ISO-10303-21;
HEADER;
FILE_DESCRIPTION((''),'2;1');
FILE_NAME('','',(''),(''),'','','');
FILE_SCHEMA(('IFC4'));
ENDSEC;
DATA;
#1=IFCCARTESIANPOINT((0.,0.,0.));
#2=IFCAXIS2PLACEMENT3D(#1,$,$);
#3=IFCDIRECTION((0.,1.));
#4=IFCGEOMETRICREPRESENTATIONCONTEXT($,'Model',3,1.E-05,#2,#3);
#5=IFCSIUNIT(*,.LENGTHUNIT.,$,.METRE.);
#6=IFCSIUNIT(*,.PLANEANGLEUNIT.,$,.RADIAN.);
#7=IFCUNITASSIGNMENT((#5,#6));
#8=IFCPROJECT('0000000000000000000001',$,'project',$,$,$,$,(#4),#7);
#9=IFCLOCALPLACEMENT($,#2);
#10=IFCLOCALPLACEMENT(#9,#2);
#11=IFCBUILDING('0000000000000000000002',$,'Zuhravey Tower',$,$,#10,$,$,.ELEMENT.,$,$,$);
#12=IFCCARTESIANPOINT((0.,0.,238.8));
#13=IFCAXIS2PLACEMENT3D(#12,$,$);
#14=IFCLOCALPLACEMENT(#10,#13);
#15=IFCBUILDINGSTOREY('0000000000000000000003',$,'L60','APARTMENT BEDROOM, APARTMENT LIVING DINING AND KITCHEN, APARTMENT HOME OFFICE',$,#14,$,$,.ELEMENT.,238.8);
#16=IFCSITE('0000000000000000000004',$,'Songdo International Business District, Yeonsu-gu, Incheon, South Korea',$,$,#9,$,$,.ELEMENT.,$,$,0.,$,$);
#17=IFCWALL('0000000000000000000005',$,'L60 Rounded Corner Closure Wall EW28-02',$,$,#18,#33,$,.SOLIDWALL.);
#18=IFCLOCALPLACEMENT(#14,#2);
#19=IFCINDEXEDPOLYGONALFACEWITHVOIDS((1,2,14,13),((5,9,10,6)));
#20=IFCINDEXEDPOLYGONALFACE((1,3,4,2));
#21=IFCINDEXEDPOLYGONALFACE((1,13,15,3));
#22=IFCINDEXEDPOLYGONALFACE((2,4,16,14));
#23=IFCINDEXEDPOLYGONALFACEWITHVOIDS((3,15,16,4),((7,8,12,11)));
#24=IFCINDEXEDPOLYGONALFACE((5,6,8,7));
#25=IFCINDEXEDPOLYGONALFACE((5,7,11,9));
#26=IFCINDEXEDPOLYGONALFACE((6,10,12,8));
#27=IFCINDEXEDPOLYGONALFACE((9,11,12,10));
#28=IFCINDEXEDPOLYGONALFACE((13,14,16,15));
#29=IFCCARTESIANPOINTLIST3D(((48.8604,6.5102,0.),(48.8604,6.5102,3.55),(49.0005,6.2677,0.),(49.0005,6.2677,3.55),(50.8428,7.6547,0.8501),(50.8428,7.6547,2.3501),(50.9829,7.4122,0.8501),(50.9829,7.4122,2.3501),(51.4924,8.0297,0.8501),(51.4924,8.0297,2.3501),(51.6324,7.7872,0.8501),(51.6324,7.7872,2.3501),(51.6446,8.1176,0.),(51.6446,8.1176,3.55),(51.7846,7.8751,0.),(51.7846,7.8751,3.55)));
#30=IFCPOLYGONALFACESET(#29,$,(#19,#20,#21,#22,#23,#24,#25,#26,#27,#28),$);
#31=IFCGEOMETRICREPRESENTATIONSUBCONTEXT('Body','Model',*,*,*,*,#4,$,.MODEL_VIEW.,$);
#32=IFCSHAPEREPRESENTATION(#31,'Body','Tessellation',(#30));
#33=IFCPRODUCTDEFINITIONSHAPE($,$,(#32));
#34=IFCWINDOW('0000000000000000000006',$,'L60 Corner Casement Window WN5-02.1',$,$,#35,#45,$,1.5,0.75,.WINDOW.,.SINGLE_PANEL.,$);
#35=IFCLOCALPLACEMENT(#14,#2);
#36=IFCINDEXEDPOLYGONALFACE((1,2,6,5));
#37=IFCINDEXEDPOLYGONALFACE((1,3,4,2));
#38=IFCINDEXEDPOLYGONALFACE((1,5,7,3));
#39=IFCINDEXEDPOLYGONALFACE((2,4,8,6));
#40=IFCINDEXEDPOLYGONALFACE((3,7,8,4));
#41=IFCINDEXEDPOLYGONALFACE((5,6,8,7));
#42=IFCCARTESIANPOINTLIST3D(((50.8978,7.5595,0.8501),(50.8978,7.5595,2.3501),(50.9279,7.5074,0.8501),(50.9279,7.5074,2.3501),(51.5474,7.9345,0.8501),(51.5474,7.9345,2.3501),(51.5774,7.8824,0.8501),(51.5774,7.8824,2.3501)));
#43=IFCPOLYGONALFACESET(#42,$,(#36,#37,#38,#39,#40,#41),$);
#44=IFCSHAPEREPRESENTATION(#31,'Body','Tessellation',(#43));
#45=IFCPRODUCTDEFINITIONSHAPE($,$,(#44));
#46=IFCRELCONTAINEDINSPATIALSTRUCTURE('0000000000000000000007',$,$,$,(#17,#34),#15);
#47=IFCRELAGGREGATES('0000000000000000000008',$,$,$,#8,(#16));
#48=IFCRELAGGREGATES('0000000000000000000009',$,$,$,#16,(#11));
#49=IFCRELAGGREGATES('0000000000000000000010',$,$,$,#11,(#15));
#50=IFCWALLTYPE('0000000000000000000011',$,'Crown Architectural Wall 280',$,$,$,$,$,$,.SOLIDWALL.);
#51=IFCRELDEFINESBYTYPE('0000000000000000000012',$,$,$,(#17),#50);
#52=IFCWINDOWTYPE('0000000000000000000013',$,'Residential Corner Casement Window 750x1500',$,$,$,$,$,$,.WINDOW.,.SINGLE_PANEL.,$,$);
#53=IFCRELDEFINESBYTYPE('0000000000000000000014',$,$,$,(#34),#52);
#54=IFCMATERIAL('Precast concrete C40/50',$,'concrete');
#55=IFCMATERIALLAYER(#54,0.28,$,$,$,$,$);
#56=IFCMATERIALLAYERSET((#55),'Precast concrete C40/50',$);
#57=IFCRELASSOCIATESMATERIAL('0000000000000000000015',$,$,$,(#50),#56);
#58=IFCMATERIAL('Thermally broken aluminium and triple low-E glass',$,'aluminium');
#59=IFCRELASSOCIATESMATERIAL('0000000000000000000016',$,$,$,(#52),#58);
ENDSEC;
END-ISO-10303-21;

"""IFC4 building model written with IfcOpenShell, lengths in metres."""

from ifc_helpers import new_model, si_unit, direction, frame, frame_2d, origin, place, context, subcontext, project, spatial, rectangle, extrude, material, layer, layer_set, type_object, element, fill, save


model = new_model("IFC4")

# Units and contexts
model_context = context("Model", 3, precision=1e-05, world=origin(), true_north=direction((0.0, 1.0)))
body_context = subcontext(model_context, "Body", "Model", "MODEL_VIEW")
ifc_project = project(units=[si_unit("LENGTHUNIT", "METRE"), si_unit("PLANEANGLEUNIT", "RADIAN")], contexts=[model_context])

# Site, building, storey
site_placement = place(None, origin())
site = spatial("IfcSite", under=ifc_project, at=site_placement, Name="Songdo International Business District, Yeonsu-gu, Incheon, South Korea", CompositionType="ELEMENT", RefElevation=0.0)
building_placement = place(site_placement, origin())
building = spatial("IfcBuilding", under=site, at=building_placement, Name="Zuhravey Tower", CompositionType="ELEMENT")
storey_placement = place(building_placement, frame((0.0, 0.0, 238.8)))
storey = spatial("IfcBuildingStorey", under=building, at=storey_placement, Name="L60", Description="APARTMENT BEDROOM, APARTMENT LIVING DINING AND KITCHEN, APARTMENT HOME OFFICE", CompositionType="ELEMENT", Elevation=238.8)

# Wall, opening, window
ifc_material_1 = material(Name="Precast concrete C40/50", Category="concrete")
ifc_layer_1 = layer(ifc_material_1, 0.28)
ifc_layer_set_1 = layer_set([ifc_layer_1], Name="Precast concrete C40/50")
wall_type = type_object("IfcWallType", Name="Crown Architectural Wall 280", PredefinedType="SOLIDWALL", material=ifc_layer_set_1)
wall_placement = place(storey_placement, frame((51.7146, 7.9963, 0.0), z_axis=(0.0, 0.0, 1.0), x_axis=(-0.866029, -0.499994, 0.0)))
wall = element("IfcWall", 1, at=wall_placement, inside=storey, type_object=wall_type, Name="L60 Rounded Corner Closure Wall EW28-02", PredefinedType="SOLIDWALL", context=body_context, shape_type="SweptSolid", body=[
    extrude(rectangle(XDim=3.2148, YDim=0.28, at=frame_2d((1.6074, 0.0))), origin(), (0.0, 0.0, 1.0), 3.55),
])
opening_placement = place(wall_placement, frame((0.1758, 0.0, 0.8501)))
opening = element("IfcOpeningElement", 2, at=opening_placement, cuts=wall, PredefinedType="OPENING", context=body_context, shape_type="SweptSolid", body=[
    extrude(rectangle(XDim=0.75, YDim=1.5, at=frame_2d((0.375, 0.75))), frame((0.0, 0.1521, 0.0), z_axis=(0.0, -1.0, 0.0), x_axis=(1.0, 0.0, 0.0)), (0.0, 0.0, 1.0), 0.304),
])
ifc_material_2 = material(Name="Thermally broken aluminium and triple low-E glass", Category="aluminium")
window_type = type_object("IfcWindowType", Name="Residential Corner Casement Window 750x1500", PartitioningType="SINGLE_PANEL", PredefinedType="WINDOW", material=ifc_material_2)
window_placement = place(opening_placement, origin())
window = element("IfcWindow", 3, at=window_placement, inside=storey, type_object=window_type, Name="L60 Corner Casement Window WN5-02.1", OverallHeight=1.5, OverallWidth=0.75, PartitioningType="SINGLE_PANEL", PredefinedType="WINDOW", context=body_context, shape_type="SweptSolid", body=[
    extrude(rectangle(XDim=0.75, YDim=1.5, at=frame_2d((0.375, 0.75))), frame((0.0, 0.03, 0.0), z_axis=(0.0, -1.0, 0.0), x_axis=(1.0, 0.0, 0.0)), (0.0, 0.0, 1.0), 0.0601),
])
fill(opening, window)

save(model, "model.ifc")
